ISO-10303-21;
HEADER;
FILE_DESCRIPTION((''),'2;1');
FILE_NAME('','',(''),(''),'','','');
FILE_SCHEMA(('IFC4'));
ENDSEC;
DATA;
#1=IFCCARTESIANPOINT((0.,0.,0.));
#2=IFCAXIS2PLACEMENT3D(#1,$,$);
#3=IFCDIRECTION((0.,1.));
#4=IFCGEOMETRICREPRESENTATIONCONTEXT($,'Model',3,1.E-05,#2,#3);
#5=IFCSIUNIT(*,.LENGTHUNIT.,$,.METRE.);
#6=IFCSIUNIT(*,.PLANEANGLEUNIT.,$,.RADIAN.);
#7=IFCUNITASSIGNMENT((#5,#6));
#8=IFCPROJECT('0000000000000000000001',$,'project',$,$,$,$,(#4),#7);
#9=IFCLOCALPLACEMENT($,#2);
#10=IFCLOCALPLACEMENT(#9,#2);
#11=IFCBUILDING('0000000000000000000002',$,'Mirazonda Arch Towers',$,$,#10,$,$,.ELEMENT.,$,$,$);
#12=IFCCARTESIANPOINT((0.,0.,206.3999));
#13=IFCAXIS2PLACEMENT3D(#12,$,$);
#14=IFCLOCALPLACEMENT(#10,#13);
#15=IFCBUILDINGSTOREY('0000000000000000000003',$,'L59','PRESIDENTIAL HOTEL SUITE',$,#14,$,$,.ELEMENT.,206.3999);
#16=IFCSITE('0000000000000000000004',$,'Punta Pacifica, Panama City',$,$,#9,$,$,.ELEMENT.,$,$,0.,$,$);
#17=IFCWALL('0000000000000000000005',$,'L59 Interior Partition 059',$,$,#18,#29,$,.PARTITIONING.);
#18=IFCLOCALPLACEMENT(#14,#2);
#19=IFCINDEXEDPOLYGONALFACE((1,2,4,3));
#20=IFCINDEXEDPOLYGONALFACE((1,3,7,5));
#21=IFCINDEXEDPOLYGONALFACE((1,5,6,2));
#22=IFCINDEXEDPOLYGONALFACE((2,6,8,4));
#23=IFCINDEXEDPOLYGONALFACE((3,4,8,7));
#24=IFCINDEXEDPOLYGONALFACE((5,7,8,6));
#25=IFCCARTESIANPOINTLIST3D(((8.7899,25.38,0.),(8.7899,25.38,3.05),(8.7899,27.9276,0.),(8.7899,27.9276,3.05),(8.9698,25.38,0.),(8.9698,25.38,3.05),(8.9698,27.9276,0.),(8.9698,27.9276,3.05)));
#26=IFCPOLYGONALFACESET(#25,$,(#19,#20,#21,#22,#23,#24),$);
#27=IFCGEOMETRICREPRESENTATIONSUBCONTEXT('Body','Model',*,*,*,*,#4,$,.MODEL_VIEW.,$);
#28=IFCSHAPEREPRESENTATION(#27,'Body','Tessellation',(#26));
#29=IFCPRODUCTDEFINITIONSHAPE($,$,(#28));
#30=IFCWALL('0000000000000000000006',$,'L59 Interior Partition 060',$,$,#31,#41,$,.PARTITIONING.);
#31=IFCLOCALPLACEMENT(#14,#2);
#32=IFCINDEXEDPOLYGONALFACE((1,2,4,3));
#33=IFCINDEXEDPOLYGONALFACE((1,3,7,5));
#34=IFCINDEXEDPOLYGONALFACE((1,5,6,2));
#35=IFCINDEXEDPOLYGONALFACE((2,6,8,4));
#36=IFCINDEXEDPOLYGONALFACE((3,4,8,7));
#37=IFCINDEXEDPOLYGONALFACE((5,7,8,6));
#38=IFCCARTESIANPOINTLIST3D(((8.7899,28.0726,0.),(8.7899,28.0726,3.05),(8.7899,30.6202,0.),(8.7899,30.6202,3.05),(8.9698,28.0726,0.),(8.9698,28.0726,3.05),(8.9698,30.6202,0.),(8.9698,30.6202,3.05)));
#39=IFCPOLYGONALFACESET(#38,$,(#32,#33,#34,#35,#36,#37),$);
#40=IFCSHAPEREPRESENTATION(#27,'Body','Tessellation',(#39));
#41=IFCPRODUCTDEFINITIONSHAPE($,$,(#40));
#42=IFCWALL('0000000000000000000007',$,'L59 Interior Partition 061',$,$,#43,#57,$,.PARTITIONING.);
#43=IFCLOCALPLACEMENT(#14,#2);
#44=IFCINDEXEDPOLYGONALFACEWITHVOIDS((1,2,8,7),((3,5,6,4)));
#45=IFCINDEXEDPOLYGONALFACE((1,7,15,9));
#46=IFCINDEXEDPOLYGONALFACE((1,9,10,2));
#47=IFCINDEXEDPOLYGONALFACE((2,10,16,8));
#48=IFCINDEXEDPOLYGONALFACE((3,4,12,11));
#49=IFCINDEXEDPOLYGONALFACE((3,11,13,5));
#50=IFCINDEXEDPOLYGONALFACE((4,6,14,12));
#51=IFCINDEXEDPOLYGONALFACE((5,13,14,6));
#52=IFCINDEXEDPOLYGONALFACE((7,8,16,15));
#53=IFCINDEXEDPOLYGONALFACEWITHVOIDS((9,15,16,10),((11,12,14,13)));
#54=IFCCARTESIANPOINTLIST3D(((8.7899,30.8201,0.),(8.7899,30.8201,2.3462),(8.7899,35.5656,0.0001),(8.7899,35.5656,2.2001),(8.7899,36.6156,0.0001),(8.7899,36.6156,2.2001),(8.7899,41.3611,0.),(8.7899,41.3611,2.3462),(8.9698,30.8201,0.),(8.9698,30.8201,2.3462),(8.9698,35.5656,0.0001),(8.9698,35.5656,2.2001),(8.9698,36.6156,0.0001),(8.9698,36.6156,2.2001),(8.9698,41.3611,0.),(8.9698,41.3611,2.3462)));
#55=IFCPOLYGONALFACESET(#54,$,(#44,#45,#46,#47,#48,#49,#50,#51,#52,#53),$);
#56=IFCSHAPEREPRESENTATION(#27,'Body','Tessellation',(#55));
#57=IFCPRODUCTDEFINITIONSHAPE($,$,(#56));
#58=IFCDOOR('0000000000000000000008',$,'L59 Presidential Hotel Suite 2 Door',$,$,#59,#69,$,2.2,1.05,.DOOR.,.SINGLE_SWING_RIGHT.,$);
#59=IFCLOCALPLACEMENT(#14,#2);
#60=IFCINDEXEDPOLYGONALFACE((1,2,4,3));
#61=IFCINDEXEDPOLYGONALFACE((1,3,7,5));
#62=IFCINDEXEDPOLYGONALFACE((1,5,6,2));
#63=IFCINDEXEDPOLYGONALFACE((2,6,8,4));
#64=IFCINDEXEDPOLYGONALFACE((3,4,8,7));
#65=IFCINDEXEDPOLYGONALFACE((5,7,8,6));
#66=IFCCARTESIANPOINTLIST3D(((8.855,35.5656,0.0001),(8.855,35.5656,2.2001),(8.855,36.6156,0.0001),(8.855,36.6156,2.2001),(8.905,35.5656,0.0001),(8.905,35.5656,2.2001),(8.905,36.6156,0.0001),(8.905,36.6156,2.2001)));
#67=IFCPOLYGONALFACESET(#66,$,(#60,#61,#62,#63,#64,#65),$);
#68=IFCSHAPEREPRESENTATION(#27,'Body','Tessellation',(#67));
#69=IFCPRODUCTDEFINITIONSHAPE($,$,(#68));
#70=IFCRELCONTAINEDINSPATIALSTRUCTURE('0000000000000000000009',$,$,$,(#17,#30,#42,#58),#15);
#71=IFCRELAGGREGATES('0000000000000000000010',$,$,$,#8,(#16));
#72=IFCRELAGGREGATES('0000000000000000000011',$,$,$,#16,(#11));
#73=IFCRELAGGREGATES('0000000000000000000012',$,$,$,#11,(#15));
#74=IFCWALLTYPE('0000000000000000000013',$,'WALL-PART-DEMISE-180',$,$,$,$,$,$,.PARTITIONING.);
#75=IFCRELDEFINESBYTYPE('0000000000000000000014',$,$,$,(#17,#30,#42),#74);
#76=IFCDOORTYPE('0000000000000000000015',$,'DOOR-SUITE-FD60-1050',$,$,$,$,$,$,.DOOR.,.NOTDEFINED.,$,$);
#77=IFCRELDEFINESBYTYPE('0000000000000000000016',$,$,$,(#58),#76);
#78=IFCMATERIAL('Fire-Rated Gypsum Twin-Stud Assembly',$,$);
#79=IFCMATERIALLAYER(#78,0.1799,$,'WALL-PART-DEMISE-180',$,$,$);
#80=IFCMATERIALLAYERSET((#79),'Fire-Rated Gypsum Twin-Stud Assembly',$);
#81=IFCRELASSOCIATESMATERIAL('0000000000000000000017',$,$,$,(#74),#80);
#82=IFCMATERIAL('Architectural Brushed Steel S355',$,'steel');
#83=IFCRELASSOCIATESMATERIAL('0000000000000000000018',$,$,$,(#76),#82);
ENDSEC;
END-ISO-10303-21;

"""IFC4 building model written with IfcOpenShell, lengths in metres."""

from ifc_helpers import new_model, si_unit, direction, frame, frame_2d, origin, place, context, subcontext, project, spatial, rectangle, extrude, material, layer, layer_set, type_object, element, fill, save


model = new_model("IFC4")

# Units and contexts
model_context = context("Model", 3, precision=1e-05, world=origin(), true_north=direction((0.0, 1.0)))
body_context = subcontext(model_context, "Body", "Model", "MODEL_VIEW")
ifc_project = project(units=[si_unit("LENGTHUNIT", "METRE"), si_unit("PLANEANGLEUNIT", "RADIAN")], contexts=[model_context])

# Site, building, storey
site_placement = place(None, origin())
site = spatial("IfcSite", under=ifc_project, at=site_placement, Name="Punta Pacifica, Panama City", CompositionType="ELEMENT", RefElevation=0.0)
building_placement = place(site_placement, origin())
building = spatial("IfcBuilding", under=site, at=building_placement, Name="Mirazonda Arch Towers", CompositionType="ELEMENT")
storey_placement = place(building_placement, frame((0.0, 0.0, 206.3999)))
storey = spatial("IfcBuildingStorey", under=building, at=storey_placement, Name="L59", Description="PRESIDENTIAL HOTEL SUITE", CompositionType="ELEMENT", Elevation=206.3999)

# Shared definitions
ifc_material_1 = material(Name="Architectural Brushed Steel S355", Category="steel")

# Walls
ifc_material_2 = material(Name="Fire-Rated Gypsum Twin-Stud Assembly")
ifc_layer_1 = layer(ifc_material_2, 0.1799, Name="WALL-PART-DEMISE-180")
ifc_layer_set_1 = layer_set([ifc_layer_1], Name="Fire-Rated Gypsum Twin-Stud Assembly")
wall_type_1 = type_object("IfcWallType", Name="WALL-PART-DEMISE-180", PredefinedType="PARTITIONING", material=ifc_layer_set_1)
for number, where, z_axis, x_axis, name in (
    (1, (8.8799, 25.3799, 0.0), (0.0, 0.0, 1.0), (0.0, 1.0, 0.0), "L59 Interior Partition 059"),
    (2, (8.8799, 28.0725, 0.0), (0.0, 0.0, 1.0), (0.0, 1.0, 0.0), "L59 Interior Partition 060"),
):
    element("IfcWall", number, at=place(storey_placement, frame(where, z_axis=z_axis, x_axis=x_axis)), inside=storey, type_object=wall_type_1, Name=name, PredefinedType="PARTITIONING", context=body_context, shape_type="SweptSolid", body=[
        extrude(rectangle(XDim=2.5476, YDim=0.1799, at=frame_2d((1.2739, 0.0))), origin(), (0.0, 0.0, 1.0), 3.05),
    ])

# Wall, opening, door
wall_1_placement = place(storey_placement, frame((8.8799, 30.8201, 0.0), z_axis=(0.0, 0.0, 1.0), x_axis=(0.0, 1.0, 0.0)))
wall_1 = element("IfcWall", 3, at=wall_1_placement, inside=storey, type_object=wall_type_1, Name="L59 Interior Partition 061", PredefinedType="PARTITIONING", context=body_context, shape_type="SweptSolid", body=[
    extrude(rectangle(XDim=10.541, YDim=0.1799, at=frame_2d((5.2705, 0.0))), origin(), (0.0, 0.0, 1.0), 2.3462),
])
opening_1_placement = place(wall_1_placement, frame((4.7456, 0.0, 0.0)))
opening_1 = element("IfcOpeningElement", 4, at=opening_1_placement, cuts=wall_1, PredefinedType="OPENING", context=body_context, shape_type="SweptSolid", body=[
    extrude(rectangle(XDim=1.05, YDim=2.2, at=frame_2d((0.5249, 1.1001))), frame((0.0, 0.0999, 0.0), z_axis=(0.0, -1.0, 0.0), x_axis=(1.0, 0.0, 0.0)), (0.0, 0.0, 1.0), 0.2),
])
door_type_1 = type_object("IfcDoorType", Name="DOOR-SUITE-FD60-1050", OperationType="NOTDEFINED", PredefinedType="DOOR", material=ifc_material_1)
door_1_placement = place(opening_1_placement, origin())
door_1 = element("IfcDoor", 5, at=door_1_placement, inside=storey, type_object=door_type_1, Name="L59 Presidential Hotel Suite 2 Door", OperationType="SINGLE_SWING_RIGHT", OverallHeight=2.2, OverallWidth=1.05, PredefinedType="DOOR", context=body_context, shape_type="SweptSolid", body=[
    extrude(rectangle(XDim=1.05, YDim=2.2, at=frame_2d((0.5249, 1.1001))), frame((0.0, 0.0249, 0.0), z_axis=(0.0, -1.0, 0.0), x_axis=(1.0, 0.0, 0.0)), (0.0, 0.0, 1.0), 0.05),
])
fill(opening_1, door_1)

save(model, "model.ifc")
